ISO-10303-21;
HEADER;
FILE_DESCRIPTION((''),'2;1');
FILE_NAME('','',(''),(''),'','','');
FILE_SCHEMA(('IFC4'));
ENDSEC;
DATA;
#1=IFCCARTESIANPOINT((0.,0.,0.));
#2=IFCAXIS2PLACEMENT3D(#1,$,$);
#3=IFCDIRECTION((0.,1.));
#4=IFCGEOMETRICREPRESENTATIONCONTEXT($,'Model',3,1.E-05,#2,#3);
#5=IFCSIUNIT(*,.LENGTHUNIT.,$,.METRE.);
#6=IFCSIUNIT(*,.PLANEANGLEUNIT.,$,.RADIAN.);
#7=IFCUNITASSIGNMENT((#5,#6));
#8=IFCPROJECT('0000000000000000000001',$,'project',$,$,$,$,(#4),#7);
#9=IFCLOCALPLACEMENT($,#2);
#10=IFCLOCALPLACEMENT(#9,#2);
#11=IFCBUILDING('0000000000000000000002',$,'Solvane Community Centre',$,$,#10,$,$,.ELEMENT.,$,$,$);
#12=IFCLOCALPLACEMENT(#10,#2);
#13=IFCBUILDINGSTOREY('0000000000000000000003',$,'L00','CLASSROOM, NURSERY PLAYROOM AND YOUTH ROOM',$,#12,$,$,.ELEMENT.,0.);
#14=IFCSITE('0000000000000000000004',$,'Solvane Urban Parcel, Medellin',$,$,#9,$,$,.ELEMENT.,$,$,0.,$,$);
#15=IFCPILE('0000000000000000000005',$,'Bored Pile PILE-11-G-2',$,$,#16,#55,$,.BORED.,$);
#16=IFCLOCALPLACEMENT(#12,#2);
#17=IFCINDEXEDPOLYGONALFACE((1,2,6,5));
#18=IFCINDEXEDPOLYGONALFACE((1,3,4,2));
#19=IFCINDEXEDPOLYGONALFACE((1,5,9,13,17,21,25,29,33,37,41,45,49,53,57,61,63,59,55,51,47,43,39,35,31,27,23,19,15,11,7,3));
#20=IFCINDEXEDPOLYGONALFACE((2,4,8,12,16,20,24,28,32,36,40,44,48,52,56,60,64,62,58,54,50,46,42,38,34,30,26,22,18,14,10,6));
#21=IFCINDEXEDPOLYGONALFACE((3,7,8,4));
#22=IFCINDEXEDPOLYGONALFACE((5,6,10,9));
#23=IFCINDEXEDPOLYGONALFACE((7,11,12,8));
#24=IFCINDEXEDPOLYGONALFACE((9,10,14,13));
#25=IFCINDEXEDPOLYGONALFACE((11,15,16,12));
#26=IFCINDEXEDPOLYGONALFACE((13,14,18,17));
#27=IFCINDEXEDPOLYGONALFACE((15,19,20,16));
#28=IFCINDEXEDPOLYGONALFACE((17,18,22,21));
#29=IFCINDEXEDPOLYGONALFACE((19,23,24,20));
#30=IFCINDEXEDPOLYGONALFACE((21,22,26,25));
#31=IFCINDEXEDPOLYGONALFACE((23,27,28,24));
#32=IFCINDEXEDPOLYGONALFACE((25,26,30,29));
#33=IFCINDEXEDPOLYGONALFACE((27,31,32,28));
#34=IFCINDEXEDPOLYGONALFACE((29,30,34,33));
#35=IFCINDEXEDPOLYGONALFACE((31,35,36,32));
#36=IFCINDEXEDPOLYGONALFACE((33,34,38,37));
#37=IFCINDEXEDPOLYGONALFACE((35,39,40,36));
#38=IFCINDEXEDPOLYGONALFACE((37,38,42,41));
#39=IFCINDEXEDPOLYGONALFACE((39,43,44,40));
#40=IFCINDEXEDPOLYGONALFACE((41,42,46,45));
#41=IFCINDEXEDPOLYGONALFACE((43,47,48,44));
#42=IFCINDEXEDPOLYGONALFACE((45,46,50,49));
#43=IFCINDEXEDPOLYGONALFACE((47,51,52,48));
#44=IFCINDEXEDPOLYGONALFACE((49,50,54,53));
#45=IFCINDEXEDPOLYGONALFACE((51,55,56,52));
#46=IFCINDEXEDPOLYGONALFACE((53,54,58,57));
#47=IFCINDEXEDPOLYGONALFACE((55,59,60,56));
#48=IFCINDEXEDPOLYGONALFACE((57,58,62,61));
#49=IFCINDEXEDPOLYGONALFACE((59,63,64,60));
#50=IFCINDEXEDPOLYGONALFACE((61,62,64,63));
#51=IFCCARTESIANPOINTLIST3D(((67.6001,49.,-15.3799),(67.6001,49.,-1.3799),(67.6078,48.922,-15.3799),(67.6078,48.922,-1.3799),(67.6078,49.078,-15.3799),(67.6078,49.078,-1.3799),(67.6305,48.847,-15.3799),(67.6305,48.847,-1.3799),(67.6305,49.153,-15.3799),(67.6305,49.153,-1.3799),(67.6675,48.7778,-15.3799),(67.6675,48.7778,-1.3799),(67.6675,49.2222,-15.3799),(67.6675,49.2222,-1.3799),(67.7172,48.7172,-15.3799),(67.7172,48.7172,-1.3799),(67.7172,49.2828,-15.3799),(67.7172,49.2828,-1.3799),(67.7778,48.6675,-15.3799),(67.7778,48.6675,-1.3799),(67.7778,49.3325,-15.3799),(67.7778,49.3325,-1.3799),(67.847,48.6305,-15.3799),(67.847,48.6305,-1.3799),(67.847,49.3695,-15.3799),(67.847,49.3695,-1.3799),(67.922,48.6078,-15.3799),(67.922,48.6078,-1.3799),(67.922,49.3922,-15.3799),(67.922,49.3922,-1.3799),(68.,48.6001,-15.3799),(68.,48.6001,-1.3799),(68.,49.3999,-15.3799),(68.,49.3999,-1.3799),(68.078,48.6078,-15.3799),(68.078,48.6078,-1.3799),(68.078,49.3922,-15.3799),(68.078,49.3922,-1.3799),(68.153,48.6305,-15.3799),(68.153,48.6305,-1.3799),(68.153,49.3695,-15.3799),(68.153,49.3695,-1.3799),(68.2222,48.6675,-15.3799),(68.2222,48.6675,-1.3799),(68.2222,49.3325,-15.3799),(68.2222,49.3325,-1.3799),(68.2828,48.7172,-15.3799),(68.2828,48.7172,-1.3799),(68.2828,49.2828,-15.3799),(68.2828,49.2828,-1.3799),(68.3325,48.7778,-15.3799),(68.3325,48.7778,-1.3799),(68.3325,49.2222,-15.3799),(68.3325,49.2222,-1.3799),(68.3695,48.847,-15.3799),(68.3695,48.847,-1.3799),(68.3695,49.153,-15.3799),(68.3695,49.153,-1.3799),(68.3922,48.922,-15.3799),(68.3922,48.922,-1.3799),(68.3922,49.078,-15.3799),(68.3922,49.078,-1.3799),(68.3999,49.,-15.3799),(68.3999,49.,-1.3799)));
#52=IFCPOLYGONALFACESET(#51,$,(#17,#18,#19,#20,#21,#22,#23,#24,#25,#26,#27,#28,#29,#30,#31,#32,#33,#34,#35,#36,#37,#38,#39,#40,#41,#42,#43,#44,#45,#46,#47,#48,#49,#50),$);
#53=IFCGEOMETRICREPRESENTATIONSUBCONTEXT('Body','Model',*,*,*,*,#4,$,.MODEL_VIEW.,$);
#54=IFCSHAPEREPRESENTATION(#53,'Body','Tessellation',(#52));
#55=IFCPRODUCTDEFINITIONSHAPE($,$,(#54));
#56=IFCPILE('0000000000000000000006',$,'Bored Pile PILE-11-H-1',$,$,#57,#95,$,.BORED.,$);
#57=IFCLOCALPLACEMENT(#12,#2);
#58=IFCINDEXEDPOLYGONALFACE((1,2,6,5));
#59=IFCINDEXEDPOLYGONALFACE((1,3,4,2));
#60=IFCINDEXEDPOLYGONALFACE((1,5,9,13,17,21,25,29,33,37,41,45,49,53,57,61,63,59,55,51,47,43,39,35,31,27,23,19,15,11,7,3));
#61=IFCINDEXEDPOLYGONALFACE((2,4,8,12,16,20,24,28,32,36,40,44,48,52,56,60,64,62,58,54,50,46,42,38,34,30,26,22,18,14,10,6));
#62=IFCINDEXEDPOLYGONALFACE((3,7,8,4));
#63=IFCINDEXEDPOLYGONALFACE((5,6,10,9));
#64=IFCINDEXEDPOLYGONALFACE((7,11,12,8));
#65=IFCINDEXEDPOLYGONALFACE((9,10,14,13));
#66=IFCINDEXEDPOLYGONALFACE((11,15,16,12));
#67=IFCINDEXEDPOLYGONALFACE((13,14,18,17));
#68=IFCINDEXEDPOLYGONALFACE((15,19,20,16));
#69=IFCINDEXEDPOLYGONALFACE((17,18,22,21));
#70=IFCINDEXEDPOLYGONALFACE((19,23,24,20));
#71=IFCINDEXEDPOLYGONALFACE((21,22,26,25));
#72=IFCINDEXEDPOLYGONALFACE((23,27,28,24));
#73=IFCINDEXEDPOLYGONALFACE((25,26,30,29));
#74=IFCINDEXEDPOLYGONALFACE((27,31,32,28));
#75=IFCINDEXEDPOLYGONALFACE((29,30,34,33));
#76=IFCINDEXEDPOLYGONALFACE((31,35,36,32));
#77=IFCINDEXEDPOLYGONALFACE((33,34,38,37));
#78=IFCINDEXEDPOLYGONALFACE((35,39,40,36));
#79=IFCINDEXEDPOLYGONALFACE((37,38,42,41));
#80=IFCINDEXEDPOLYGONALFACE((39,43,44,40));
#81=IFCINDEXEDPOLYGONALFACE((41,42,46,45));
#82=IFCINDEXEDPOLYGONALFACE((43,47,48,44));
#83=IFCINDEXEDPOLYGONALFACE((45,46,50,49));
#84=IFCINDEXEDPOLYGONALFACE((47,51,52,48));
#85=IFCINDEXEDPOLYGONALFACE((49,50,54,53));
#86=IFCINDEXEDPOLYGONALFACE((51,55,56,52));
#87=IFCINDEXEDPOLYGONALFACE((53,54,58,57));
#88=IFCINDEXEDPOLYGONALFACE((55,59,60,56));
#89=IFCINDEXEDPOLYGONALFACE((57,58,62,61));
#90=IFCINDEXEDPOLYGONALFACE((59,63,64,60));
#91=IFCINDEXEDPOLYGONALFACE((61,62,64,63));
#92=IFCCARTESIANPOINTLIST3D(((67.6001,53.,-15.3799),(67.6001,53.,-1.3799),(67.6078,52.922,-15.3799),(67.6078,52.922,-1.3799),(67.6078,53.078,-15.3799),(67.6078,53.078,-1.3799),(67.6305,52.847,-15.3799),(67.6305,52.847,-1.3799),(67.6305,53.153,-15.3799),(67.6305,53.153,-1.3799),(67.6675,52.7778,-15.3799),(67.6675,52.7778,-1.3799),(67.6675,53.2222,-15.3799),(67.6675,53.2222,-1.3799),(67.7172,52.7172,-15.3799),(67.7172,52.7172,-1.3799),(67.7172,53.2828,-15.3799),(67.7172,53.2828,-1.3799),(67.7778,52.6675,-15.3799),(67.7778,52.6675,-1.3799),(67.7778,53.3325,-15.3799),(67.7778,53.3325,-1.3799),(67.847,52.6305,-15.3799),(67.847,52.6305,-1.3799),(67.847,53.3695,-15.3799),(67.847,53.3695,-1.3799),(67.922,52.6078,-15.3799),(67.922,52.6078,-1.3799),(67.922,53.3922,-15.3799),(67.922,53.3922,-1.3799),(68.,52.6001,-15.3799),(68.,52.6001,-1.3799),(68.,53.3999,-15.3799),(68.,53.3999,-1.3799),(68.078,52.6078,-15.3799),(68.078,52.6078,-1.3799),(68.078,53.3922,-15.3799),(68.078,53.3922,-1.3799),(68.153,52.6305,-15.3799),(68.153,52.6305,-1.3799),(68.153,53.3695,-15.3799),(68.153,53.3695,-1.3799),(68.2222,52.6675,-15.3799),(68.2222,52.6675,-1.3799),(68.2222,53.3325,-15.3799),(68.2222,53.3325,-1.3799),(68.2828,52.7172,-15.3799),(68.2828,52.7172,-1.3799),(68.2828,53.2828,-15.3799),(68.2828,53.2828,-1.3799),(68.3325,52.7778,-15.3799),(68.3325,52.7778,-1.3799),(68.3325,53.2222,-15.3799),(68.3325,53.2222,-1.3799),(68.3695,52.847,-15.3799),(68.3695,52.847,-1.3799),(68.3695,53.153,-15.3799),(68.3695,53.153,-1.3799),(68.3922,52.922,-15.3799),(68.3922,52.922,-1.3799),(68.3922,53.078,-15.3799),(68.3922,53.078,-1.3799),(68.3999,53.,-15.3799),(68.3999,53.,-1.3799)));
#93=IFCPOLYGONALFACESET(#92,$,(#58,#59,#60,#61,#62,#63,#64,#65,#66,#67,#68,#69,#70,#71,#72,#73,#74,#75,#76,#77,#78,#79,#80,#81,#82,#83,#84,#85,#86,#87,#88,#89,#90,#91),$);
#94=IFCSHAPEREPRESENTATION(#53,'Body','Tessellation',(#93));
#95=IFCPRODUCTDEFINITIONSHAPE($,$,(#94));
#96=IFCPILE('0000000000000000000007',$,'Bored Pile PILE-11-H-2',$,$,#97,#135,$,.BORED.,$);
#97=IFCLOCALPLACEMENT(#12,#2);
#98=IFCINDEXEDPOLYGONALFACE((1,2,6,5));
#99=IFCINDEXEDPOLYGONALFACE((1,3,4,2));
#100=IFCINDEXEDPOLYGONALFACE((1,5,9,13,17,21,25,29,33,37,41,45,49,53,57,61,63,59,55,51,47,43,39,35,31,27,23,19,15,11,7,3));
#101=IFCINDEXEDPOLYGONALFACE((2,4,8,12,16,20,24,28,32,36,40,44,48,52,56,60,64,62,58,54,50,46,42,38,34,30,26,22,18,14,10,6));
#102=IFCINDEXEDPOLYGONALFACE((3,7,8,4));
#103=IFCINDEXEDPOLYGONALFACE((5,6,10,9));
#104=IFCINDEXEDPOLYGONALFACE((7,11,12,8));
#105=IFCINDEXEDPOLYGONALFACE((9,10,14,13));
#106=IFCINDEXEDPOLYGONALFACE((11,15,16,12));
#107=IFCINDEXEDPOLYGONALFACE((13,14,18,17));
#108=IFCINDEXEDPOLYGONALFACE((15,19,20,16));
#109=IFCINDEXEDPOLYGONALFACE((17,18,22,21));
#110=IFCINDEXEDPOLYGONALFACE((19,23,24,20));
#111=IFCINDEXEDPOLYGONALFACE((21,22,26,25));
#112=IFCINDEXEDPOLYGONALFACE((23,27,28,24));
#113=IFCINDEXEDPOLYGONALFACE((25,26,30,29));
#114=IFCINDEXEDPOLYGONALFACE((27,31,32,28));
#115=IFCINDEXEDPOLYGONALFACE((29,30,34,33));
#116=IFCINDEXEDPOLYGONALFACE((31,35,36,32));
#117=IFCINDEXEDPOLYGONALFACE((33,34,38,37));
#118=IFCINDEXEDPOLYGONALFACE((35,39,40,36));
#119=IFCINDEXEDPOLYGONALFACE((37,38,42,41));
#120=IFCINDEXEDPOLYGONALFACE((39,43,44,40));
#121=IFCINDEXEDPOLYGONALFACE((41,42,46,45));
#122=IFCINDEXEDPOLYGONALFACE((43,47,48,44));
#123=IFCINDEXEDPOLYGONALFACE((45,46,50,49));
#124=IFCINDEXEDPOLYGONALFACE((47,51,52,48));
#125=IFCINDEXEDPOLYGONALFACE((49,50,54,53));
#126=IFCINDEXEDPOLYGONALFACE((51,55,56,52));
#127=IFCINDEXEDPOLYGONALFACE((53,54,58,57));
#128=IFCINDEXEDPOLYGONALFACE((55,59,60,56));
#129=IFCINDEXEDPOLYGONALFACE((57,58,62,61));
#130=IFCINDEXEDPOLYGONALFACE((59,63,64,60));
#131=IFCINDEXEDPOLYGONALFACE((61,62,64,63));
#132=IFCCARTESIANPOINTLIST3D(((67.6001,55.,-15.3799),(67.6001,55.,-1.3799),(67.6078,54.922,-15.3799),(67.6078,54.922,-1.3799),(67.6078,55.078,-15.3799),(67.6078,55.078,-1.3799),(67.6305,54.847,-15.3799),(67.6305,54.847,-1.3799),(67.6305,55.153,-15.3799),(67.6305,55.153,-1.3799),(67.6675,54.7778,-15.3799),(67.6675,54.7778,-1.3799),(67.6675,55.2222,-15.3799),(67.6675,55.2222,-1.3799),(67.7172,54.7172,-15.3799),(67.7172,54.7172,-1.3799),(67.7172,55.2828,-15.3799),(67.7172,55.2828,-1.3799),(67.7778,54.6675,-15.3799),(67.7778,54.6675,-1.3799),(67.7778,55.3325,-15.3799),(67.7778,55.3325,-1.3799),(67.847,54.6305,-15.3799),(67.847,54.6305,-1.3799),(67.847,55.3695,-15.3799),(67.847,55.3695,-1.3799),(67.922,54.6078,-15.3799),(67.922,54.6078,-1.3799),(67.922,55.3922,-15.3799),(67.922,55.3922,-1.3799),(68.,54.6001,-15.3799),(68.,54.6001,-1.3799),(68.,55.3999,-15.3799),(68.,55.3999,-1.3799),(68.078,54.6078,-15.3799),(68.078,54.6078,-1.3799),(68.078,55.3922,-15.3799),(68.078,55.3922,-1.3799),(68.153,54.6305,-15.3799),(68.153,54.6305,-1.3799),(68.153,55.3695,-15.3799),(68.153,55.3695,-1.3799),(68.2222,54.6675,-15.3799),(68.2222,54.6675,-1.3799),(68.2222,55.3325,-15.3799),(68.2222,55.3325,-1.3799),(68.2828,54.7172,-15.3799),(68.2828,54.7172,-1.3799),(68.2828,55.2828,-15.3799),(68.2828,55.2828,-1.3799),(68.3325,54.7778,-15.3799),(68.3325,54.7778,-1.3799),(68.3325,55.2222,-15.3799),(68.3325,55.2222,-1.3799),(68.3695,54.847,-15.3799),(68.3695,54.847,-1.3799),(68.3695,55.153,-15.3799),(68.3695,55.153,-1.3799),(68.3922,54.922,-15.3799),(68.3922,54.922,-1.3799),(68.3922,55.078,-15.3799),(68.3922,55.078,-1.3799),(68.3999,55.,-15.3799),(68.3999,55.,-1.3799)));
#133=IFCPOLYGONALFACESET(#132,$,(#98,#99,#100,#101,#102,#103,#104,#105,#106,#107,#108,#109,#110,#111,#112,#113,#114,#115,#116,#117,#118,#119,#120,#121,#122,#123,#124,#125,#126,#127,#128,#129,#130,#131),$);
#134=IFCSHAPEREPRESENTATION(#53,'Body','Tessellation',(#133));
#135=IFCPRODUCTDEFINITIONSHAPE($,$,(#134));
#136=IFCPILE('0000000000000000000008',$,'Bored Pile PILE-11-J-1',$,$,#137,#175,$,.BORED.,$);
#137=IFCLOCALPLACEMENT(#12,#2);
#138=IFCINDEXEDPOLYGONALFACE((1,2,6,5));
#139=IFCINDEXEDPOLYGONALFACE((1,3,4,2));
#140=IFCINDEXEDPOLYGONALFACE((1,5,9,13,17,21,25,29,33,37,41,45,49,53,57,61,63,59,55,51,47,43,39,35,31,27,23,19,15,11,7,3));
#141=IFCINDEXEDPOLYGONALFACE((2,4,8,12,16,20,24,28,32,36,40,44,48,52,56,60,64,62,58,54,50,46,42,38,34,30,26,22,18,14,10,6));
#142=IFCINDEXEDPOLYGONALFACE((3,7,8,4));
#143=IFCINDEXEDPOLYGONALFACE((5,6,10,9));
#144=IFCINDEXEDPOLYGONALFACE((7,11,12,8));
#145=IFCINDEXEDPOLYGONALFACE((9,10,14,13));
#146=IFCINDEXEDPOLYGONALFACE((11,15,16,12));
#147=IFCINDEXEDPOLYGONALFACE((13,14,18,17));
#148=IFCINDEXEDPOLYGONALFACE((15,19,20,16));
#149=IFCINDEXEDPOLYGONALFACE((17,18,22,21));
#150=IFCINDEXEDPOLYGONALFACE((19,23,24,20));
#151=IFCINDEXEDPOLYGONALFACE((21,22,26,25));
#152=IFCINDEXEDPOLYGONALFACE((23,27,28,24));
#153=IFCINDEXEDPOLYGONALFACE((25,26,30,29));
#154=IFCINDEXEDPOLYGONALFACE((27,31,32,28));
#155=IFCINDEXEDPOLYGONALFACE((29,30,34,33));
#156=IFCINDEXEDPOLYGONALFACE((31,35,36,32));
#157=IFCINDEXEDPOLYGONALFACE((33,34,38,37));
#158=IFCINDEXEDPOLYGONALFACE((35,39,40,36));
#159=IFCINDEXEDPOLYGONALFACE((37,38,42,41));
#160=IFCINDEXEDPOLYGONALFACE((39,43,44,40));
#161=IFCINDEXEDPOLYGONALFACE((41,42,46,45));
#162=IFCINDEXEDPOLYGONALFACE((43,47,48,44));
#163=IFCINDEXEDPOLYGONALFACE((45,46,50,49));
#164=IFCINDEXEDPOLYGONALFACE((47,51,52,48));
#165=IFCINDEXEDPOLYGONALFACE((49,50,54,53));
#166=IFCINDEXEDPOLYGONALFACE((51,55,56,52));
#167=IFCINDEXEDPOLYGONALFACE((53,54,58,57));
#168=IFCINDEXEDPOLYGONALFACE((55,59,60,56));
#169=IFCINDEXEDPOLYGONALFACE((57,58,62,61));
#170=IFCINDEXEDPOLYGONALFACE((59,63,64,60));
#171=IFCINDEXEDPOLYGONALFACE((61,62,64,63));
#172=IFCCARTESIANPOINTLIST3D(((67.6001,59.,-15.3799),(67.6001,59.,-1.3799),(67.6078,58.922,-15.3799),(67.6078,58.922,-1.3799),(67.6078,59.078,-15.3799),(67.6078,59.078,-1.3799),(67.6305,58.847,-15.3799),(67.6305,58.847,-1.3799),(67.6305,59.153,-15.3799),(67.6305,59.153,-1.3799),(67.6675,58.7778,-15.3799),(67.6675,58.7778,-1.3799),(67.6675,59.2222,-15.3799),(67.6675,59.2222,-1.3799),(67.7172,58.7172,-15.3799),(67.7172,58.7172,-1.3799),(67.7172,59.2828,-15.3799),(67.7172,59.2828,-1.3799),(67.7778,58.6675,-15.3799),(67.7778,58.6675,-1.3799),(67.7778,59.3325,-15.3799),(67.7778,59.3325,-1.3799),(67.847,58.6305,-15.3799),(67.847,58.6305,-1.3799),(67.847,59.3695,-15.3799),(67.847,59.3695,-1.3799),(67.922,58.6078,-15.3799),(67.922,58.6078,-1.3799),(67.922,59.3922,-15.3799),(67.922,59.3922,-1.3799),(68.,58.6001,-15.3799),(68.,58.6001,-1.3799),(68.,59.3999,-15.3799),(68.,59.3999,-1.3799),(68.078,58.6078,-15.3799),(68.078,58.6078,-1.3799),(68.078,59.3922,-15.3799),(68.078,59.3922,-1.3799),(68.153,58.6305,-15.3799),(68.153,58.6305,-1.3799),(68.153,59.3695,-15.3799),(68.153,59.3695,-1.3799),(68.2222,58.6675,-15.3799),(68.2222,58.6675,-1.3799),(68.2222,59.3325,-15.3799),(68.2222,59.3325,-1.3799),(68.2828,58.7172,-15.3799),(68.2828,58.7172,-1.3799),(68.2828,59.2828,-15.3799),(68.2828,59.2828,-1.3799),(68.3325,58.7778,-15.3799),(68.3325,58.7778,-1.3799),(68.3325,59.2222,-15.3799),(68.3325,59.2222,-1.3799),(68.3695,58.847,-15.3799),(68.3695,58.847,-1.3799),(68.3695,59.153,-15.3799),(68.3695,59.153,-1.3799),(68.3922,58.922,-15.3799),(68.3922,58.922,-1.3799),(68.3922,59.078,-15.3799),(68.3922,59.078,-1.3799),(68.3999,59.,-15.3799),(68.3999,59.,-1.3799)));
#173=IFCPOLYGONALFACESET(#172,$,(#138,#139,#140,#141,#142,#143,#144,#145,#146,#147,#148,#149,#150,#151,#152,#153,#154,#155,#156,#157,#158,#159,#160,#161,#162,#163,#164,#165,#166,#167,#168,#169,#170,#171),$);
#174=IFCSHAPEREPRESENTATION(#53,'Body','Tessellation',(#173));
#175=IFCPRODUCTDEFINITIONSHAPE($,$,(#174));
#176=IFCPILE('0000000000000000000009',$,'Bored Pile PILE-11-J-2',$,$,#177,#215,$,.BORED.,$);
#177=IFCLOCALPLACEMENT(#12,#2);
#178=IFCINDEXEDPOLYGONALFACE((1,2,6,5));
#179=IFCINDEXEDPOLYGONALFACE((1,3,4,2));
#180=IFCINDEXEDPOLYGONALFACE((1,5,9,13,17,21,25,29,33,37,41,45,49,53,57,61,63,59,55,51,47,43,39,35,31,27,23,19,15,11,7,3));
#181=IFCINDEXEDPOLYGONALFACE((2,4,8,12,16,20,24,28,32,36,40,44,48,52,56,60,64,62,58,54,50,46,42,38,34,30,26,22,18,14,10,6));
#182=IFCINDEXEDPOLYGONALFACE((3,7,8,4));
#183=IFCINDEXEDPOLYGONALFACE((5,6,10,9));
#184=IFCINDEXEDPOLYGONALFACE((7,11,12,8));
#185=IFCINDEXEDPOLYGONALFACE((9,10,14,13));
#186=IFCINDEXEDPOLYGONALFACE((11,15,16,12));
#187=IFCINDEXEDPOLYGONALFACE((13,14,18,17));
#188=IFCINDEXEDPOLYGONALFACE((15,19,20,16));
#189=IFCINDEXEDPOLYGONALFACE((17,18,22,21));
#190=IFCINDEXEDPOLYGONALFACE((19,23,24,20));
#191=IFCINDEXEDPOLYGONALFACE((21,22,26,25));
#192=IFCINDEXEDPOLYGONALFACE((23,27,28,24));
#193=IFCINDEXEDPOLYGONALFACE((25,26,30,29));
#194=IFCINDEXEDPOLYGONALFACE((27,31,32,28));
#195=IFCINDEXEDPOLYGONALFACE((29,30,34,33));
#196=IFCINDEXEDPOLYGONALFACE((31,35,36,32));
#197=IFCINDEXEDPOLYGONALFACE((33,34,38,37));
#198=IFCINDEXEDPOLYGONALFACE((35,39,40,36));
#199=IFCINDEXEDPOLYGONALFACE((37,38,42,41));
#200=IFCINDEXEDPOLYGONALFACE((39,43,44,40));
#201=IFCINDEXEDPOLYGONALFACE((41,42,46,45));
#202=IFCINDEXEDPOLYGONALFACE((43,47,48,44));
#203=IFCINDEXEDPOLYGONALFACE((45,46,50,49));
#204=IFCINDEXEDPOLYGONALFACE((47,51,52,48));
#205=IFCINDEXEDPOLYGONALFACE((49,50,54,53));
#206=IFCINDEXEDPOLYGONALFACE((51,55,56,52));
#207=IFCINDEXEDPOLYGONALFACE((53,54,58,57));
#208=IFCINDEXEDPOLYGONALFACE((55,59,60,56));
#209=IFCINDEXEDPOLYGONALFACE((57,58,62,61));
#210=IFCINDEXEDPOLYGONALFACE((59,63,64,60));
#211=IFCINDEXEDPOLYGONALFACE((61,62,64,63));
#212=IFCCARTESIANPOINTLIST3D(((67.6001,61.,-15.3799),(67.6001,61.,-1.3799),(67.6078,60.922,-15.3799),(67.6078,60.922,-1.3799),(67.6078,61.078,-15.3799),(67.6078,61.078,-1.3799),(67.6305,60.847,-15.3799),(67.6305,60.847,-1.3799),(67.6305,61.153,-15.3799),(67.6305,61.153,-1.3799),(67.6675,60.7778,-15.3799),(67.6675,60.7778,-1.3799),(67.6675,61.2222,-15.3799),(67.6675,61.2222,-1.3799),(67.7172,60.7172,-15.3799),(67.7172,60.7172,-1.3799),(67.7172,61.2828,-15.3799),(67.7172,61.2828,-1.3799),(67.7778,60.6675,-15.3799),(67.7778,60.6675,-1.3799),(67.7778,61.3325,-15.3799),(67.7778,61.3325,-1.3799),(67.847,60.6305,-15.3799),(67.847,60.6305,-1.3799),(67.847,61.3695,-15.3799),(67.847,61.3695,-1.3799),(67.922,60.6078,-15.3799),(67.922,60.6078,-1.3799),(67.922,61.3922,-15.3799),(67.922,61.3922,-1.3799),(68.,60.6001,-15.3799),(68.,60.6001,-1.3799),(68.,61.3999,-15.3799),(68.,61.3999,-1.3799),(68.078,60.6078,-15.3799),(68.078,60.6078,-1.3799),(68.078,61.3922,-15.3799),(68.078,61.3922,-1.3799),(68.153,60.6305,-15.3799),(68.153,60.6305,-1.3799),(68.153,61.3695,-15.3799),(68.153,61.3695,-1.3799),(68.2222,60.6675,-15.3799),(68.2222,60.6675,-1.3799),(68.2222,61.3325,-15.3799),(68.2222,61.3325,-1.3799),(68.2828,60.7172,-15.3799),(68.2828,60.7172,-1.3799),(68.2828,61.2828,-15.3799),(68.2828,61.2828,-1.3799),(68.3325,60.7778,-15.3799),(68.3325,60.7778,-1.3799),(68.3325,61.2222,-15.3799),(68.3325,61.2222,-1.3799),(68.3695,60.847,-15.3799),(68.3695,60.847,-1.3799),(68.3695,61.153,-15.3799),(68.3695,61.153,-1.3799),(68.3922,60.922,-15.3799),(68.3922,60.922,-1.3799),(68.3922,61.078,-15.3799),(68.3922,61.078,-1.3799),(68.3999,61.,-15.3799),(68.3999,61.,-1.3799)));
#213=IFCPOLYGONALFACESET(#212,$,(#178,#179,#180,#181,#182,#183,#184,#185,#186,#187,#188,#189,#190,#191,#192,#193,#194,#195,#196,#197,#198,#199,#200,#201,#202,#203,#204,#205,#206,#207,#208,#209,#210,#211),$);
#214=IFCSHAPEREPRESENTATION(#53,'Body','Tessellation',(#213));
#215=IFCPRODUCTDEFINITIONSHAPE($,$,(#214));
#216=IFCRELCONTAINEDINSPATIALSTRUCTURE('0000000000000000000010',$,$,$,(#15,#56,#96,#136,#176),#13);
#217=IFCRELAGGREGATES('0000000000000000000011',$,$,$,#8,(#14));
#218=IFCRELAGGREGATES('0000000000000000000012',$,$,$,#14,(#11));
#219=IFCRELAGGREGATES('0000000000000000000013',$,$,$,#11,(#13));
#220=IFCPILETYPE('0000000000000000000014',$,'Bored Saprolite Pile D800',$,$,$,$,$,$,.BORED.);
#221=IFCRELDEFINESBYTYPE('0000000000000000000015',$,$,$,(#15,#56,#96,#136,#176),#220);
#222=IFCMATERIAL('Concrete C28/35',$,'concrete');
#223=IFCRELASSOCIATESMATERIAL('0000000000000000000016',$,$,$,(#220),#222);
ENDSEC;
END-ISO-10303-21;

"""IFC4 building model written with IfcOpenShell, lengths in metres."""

from ifc_helpers import new_model, si_unit, direction, frame, origin, origin_2d, place, context, subcontext, project, spatial, circle, extrude, material, material_profile, profile_set, type_object, element, save


model = new_model("IFC4")

# Units and contexts
model_context = context("Model", 3, precision=1e-05, world=origin(), true_north=direction((0.0, 1.0)))
body_context = subcontext(model_context, "Body", "Model", "MODEL_VIEW")
ifc_project = project(units=[si_unit("LENGTHUNIT", "METRE"), si_unit("PLANEANGLEUNIT", "RADIAN")], contexts=[model_context])

# Site, building, storey
site_placement = place(None, origin())
site = spatial("IfcSite", under=ifc_project, at=site_placement, Name="Solvane Urban Parcel, Medellin", CompositionType="ELEMENT", RefElevation=0.0)
building_placement = place(site_placement, origin())
building = spatial("IfcBuilding", under=site, at=building_placement, Name="Solvane Community Centre", CompositionType="ELEMENT")
storey_placement = place(building_placement, origin())
storey = spatial("IfcBuildingStorey", under=building, at=storey_placement, Name="L00", Description="CLASSROOM, NURSERY PLAYROOM AND YOUTH ROOM", CompositionType="ELEMENT", Elevation=0.0)

# Piles
ifc_material_1 = material(Name="Concrete C28/35", Category="concrete")
ifc_material_profile_1 = material_profile(ifc_material_1, circle(Radius=0.3999, at=origin_2d()), Name="PILE D800")
ifc_profile_set_1 = profile_set([ifc_material_profile_1], Name="Concrete C28/35")
pile_type = type_object("IfcPileType", Name="Bored Saprolite Pile D800", PredefinedType="BORED", material=ifc_profile_set_1)
for number, where, z_axis, x_axis, name in (
    (1, (68.0, 49.0, -1.3799), (0.0, 0.0, -1.0), (1.0, 0.0, 0.0), "Bored Pile PILE-11-G-2"),
    (2, (68.0, 53.0, -1.3799), (0.0, 0.0, -1.0), (1.0, 0.0, 0.0), "Bored Pile PILE-11-H-1"),
    (3, (68.0, 55.0, -1.3799), (0.0, 0.0, -1.0), (1.0, 0.0, 0.0), "Bored Pile PILE-11-H-2"),
    (4, (68.0, 59.0, -1.3799), (0.0, 0.0, -1.0), (1.0, 0.0, 0.0), "Bored Pile PILE-11-J-1"),
    (5, (68.0, 61.0, -1.3799), (0.0, 0.0, -1.0), (1.0, 0.0, 0.0), "Bored Pile PILE-11-J-2"),
):
    element("IfcPile", number, at=place(storey_placement, frame(where, z_axis=z_axis, x_axis=x_axis)), inside=storey, type_object=pile_type, Name=name, PredefinedType="BORED", context=body_context, shape_type="SweptSolid", body=[
        extrude(circle(Radius=0.3999, at=origin_2d()), origin(), (0.0, 0.0, 1.0), 14.0),
    ])

save(model, "model.ifc")
